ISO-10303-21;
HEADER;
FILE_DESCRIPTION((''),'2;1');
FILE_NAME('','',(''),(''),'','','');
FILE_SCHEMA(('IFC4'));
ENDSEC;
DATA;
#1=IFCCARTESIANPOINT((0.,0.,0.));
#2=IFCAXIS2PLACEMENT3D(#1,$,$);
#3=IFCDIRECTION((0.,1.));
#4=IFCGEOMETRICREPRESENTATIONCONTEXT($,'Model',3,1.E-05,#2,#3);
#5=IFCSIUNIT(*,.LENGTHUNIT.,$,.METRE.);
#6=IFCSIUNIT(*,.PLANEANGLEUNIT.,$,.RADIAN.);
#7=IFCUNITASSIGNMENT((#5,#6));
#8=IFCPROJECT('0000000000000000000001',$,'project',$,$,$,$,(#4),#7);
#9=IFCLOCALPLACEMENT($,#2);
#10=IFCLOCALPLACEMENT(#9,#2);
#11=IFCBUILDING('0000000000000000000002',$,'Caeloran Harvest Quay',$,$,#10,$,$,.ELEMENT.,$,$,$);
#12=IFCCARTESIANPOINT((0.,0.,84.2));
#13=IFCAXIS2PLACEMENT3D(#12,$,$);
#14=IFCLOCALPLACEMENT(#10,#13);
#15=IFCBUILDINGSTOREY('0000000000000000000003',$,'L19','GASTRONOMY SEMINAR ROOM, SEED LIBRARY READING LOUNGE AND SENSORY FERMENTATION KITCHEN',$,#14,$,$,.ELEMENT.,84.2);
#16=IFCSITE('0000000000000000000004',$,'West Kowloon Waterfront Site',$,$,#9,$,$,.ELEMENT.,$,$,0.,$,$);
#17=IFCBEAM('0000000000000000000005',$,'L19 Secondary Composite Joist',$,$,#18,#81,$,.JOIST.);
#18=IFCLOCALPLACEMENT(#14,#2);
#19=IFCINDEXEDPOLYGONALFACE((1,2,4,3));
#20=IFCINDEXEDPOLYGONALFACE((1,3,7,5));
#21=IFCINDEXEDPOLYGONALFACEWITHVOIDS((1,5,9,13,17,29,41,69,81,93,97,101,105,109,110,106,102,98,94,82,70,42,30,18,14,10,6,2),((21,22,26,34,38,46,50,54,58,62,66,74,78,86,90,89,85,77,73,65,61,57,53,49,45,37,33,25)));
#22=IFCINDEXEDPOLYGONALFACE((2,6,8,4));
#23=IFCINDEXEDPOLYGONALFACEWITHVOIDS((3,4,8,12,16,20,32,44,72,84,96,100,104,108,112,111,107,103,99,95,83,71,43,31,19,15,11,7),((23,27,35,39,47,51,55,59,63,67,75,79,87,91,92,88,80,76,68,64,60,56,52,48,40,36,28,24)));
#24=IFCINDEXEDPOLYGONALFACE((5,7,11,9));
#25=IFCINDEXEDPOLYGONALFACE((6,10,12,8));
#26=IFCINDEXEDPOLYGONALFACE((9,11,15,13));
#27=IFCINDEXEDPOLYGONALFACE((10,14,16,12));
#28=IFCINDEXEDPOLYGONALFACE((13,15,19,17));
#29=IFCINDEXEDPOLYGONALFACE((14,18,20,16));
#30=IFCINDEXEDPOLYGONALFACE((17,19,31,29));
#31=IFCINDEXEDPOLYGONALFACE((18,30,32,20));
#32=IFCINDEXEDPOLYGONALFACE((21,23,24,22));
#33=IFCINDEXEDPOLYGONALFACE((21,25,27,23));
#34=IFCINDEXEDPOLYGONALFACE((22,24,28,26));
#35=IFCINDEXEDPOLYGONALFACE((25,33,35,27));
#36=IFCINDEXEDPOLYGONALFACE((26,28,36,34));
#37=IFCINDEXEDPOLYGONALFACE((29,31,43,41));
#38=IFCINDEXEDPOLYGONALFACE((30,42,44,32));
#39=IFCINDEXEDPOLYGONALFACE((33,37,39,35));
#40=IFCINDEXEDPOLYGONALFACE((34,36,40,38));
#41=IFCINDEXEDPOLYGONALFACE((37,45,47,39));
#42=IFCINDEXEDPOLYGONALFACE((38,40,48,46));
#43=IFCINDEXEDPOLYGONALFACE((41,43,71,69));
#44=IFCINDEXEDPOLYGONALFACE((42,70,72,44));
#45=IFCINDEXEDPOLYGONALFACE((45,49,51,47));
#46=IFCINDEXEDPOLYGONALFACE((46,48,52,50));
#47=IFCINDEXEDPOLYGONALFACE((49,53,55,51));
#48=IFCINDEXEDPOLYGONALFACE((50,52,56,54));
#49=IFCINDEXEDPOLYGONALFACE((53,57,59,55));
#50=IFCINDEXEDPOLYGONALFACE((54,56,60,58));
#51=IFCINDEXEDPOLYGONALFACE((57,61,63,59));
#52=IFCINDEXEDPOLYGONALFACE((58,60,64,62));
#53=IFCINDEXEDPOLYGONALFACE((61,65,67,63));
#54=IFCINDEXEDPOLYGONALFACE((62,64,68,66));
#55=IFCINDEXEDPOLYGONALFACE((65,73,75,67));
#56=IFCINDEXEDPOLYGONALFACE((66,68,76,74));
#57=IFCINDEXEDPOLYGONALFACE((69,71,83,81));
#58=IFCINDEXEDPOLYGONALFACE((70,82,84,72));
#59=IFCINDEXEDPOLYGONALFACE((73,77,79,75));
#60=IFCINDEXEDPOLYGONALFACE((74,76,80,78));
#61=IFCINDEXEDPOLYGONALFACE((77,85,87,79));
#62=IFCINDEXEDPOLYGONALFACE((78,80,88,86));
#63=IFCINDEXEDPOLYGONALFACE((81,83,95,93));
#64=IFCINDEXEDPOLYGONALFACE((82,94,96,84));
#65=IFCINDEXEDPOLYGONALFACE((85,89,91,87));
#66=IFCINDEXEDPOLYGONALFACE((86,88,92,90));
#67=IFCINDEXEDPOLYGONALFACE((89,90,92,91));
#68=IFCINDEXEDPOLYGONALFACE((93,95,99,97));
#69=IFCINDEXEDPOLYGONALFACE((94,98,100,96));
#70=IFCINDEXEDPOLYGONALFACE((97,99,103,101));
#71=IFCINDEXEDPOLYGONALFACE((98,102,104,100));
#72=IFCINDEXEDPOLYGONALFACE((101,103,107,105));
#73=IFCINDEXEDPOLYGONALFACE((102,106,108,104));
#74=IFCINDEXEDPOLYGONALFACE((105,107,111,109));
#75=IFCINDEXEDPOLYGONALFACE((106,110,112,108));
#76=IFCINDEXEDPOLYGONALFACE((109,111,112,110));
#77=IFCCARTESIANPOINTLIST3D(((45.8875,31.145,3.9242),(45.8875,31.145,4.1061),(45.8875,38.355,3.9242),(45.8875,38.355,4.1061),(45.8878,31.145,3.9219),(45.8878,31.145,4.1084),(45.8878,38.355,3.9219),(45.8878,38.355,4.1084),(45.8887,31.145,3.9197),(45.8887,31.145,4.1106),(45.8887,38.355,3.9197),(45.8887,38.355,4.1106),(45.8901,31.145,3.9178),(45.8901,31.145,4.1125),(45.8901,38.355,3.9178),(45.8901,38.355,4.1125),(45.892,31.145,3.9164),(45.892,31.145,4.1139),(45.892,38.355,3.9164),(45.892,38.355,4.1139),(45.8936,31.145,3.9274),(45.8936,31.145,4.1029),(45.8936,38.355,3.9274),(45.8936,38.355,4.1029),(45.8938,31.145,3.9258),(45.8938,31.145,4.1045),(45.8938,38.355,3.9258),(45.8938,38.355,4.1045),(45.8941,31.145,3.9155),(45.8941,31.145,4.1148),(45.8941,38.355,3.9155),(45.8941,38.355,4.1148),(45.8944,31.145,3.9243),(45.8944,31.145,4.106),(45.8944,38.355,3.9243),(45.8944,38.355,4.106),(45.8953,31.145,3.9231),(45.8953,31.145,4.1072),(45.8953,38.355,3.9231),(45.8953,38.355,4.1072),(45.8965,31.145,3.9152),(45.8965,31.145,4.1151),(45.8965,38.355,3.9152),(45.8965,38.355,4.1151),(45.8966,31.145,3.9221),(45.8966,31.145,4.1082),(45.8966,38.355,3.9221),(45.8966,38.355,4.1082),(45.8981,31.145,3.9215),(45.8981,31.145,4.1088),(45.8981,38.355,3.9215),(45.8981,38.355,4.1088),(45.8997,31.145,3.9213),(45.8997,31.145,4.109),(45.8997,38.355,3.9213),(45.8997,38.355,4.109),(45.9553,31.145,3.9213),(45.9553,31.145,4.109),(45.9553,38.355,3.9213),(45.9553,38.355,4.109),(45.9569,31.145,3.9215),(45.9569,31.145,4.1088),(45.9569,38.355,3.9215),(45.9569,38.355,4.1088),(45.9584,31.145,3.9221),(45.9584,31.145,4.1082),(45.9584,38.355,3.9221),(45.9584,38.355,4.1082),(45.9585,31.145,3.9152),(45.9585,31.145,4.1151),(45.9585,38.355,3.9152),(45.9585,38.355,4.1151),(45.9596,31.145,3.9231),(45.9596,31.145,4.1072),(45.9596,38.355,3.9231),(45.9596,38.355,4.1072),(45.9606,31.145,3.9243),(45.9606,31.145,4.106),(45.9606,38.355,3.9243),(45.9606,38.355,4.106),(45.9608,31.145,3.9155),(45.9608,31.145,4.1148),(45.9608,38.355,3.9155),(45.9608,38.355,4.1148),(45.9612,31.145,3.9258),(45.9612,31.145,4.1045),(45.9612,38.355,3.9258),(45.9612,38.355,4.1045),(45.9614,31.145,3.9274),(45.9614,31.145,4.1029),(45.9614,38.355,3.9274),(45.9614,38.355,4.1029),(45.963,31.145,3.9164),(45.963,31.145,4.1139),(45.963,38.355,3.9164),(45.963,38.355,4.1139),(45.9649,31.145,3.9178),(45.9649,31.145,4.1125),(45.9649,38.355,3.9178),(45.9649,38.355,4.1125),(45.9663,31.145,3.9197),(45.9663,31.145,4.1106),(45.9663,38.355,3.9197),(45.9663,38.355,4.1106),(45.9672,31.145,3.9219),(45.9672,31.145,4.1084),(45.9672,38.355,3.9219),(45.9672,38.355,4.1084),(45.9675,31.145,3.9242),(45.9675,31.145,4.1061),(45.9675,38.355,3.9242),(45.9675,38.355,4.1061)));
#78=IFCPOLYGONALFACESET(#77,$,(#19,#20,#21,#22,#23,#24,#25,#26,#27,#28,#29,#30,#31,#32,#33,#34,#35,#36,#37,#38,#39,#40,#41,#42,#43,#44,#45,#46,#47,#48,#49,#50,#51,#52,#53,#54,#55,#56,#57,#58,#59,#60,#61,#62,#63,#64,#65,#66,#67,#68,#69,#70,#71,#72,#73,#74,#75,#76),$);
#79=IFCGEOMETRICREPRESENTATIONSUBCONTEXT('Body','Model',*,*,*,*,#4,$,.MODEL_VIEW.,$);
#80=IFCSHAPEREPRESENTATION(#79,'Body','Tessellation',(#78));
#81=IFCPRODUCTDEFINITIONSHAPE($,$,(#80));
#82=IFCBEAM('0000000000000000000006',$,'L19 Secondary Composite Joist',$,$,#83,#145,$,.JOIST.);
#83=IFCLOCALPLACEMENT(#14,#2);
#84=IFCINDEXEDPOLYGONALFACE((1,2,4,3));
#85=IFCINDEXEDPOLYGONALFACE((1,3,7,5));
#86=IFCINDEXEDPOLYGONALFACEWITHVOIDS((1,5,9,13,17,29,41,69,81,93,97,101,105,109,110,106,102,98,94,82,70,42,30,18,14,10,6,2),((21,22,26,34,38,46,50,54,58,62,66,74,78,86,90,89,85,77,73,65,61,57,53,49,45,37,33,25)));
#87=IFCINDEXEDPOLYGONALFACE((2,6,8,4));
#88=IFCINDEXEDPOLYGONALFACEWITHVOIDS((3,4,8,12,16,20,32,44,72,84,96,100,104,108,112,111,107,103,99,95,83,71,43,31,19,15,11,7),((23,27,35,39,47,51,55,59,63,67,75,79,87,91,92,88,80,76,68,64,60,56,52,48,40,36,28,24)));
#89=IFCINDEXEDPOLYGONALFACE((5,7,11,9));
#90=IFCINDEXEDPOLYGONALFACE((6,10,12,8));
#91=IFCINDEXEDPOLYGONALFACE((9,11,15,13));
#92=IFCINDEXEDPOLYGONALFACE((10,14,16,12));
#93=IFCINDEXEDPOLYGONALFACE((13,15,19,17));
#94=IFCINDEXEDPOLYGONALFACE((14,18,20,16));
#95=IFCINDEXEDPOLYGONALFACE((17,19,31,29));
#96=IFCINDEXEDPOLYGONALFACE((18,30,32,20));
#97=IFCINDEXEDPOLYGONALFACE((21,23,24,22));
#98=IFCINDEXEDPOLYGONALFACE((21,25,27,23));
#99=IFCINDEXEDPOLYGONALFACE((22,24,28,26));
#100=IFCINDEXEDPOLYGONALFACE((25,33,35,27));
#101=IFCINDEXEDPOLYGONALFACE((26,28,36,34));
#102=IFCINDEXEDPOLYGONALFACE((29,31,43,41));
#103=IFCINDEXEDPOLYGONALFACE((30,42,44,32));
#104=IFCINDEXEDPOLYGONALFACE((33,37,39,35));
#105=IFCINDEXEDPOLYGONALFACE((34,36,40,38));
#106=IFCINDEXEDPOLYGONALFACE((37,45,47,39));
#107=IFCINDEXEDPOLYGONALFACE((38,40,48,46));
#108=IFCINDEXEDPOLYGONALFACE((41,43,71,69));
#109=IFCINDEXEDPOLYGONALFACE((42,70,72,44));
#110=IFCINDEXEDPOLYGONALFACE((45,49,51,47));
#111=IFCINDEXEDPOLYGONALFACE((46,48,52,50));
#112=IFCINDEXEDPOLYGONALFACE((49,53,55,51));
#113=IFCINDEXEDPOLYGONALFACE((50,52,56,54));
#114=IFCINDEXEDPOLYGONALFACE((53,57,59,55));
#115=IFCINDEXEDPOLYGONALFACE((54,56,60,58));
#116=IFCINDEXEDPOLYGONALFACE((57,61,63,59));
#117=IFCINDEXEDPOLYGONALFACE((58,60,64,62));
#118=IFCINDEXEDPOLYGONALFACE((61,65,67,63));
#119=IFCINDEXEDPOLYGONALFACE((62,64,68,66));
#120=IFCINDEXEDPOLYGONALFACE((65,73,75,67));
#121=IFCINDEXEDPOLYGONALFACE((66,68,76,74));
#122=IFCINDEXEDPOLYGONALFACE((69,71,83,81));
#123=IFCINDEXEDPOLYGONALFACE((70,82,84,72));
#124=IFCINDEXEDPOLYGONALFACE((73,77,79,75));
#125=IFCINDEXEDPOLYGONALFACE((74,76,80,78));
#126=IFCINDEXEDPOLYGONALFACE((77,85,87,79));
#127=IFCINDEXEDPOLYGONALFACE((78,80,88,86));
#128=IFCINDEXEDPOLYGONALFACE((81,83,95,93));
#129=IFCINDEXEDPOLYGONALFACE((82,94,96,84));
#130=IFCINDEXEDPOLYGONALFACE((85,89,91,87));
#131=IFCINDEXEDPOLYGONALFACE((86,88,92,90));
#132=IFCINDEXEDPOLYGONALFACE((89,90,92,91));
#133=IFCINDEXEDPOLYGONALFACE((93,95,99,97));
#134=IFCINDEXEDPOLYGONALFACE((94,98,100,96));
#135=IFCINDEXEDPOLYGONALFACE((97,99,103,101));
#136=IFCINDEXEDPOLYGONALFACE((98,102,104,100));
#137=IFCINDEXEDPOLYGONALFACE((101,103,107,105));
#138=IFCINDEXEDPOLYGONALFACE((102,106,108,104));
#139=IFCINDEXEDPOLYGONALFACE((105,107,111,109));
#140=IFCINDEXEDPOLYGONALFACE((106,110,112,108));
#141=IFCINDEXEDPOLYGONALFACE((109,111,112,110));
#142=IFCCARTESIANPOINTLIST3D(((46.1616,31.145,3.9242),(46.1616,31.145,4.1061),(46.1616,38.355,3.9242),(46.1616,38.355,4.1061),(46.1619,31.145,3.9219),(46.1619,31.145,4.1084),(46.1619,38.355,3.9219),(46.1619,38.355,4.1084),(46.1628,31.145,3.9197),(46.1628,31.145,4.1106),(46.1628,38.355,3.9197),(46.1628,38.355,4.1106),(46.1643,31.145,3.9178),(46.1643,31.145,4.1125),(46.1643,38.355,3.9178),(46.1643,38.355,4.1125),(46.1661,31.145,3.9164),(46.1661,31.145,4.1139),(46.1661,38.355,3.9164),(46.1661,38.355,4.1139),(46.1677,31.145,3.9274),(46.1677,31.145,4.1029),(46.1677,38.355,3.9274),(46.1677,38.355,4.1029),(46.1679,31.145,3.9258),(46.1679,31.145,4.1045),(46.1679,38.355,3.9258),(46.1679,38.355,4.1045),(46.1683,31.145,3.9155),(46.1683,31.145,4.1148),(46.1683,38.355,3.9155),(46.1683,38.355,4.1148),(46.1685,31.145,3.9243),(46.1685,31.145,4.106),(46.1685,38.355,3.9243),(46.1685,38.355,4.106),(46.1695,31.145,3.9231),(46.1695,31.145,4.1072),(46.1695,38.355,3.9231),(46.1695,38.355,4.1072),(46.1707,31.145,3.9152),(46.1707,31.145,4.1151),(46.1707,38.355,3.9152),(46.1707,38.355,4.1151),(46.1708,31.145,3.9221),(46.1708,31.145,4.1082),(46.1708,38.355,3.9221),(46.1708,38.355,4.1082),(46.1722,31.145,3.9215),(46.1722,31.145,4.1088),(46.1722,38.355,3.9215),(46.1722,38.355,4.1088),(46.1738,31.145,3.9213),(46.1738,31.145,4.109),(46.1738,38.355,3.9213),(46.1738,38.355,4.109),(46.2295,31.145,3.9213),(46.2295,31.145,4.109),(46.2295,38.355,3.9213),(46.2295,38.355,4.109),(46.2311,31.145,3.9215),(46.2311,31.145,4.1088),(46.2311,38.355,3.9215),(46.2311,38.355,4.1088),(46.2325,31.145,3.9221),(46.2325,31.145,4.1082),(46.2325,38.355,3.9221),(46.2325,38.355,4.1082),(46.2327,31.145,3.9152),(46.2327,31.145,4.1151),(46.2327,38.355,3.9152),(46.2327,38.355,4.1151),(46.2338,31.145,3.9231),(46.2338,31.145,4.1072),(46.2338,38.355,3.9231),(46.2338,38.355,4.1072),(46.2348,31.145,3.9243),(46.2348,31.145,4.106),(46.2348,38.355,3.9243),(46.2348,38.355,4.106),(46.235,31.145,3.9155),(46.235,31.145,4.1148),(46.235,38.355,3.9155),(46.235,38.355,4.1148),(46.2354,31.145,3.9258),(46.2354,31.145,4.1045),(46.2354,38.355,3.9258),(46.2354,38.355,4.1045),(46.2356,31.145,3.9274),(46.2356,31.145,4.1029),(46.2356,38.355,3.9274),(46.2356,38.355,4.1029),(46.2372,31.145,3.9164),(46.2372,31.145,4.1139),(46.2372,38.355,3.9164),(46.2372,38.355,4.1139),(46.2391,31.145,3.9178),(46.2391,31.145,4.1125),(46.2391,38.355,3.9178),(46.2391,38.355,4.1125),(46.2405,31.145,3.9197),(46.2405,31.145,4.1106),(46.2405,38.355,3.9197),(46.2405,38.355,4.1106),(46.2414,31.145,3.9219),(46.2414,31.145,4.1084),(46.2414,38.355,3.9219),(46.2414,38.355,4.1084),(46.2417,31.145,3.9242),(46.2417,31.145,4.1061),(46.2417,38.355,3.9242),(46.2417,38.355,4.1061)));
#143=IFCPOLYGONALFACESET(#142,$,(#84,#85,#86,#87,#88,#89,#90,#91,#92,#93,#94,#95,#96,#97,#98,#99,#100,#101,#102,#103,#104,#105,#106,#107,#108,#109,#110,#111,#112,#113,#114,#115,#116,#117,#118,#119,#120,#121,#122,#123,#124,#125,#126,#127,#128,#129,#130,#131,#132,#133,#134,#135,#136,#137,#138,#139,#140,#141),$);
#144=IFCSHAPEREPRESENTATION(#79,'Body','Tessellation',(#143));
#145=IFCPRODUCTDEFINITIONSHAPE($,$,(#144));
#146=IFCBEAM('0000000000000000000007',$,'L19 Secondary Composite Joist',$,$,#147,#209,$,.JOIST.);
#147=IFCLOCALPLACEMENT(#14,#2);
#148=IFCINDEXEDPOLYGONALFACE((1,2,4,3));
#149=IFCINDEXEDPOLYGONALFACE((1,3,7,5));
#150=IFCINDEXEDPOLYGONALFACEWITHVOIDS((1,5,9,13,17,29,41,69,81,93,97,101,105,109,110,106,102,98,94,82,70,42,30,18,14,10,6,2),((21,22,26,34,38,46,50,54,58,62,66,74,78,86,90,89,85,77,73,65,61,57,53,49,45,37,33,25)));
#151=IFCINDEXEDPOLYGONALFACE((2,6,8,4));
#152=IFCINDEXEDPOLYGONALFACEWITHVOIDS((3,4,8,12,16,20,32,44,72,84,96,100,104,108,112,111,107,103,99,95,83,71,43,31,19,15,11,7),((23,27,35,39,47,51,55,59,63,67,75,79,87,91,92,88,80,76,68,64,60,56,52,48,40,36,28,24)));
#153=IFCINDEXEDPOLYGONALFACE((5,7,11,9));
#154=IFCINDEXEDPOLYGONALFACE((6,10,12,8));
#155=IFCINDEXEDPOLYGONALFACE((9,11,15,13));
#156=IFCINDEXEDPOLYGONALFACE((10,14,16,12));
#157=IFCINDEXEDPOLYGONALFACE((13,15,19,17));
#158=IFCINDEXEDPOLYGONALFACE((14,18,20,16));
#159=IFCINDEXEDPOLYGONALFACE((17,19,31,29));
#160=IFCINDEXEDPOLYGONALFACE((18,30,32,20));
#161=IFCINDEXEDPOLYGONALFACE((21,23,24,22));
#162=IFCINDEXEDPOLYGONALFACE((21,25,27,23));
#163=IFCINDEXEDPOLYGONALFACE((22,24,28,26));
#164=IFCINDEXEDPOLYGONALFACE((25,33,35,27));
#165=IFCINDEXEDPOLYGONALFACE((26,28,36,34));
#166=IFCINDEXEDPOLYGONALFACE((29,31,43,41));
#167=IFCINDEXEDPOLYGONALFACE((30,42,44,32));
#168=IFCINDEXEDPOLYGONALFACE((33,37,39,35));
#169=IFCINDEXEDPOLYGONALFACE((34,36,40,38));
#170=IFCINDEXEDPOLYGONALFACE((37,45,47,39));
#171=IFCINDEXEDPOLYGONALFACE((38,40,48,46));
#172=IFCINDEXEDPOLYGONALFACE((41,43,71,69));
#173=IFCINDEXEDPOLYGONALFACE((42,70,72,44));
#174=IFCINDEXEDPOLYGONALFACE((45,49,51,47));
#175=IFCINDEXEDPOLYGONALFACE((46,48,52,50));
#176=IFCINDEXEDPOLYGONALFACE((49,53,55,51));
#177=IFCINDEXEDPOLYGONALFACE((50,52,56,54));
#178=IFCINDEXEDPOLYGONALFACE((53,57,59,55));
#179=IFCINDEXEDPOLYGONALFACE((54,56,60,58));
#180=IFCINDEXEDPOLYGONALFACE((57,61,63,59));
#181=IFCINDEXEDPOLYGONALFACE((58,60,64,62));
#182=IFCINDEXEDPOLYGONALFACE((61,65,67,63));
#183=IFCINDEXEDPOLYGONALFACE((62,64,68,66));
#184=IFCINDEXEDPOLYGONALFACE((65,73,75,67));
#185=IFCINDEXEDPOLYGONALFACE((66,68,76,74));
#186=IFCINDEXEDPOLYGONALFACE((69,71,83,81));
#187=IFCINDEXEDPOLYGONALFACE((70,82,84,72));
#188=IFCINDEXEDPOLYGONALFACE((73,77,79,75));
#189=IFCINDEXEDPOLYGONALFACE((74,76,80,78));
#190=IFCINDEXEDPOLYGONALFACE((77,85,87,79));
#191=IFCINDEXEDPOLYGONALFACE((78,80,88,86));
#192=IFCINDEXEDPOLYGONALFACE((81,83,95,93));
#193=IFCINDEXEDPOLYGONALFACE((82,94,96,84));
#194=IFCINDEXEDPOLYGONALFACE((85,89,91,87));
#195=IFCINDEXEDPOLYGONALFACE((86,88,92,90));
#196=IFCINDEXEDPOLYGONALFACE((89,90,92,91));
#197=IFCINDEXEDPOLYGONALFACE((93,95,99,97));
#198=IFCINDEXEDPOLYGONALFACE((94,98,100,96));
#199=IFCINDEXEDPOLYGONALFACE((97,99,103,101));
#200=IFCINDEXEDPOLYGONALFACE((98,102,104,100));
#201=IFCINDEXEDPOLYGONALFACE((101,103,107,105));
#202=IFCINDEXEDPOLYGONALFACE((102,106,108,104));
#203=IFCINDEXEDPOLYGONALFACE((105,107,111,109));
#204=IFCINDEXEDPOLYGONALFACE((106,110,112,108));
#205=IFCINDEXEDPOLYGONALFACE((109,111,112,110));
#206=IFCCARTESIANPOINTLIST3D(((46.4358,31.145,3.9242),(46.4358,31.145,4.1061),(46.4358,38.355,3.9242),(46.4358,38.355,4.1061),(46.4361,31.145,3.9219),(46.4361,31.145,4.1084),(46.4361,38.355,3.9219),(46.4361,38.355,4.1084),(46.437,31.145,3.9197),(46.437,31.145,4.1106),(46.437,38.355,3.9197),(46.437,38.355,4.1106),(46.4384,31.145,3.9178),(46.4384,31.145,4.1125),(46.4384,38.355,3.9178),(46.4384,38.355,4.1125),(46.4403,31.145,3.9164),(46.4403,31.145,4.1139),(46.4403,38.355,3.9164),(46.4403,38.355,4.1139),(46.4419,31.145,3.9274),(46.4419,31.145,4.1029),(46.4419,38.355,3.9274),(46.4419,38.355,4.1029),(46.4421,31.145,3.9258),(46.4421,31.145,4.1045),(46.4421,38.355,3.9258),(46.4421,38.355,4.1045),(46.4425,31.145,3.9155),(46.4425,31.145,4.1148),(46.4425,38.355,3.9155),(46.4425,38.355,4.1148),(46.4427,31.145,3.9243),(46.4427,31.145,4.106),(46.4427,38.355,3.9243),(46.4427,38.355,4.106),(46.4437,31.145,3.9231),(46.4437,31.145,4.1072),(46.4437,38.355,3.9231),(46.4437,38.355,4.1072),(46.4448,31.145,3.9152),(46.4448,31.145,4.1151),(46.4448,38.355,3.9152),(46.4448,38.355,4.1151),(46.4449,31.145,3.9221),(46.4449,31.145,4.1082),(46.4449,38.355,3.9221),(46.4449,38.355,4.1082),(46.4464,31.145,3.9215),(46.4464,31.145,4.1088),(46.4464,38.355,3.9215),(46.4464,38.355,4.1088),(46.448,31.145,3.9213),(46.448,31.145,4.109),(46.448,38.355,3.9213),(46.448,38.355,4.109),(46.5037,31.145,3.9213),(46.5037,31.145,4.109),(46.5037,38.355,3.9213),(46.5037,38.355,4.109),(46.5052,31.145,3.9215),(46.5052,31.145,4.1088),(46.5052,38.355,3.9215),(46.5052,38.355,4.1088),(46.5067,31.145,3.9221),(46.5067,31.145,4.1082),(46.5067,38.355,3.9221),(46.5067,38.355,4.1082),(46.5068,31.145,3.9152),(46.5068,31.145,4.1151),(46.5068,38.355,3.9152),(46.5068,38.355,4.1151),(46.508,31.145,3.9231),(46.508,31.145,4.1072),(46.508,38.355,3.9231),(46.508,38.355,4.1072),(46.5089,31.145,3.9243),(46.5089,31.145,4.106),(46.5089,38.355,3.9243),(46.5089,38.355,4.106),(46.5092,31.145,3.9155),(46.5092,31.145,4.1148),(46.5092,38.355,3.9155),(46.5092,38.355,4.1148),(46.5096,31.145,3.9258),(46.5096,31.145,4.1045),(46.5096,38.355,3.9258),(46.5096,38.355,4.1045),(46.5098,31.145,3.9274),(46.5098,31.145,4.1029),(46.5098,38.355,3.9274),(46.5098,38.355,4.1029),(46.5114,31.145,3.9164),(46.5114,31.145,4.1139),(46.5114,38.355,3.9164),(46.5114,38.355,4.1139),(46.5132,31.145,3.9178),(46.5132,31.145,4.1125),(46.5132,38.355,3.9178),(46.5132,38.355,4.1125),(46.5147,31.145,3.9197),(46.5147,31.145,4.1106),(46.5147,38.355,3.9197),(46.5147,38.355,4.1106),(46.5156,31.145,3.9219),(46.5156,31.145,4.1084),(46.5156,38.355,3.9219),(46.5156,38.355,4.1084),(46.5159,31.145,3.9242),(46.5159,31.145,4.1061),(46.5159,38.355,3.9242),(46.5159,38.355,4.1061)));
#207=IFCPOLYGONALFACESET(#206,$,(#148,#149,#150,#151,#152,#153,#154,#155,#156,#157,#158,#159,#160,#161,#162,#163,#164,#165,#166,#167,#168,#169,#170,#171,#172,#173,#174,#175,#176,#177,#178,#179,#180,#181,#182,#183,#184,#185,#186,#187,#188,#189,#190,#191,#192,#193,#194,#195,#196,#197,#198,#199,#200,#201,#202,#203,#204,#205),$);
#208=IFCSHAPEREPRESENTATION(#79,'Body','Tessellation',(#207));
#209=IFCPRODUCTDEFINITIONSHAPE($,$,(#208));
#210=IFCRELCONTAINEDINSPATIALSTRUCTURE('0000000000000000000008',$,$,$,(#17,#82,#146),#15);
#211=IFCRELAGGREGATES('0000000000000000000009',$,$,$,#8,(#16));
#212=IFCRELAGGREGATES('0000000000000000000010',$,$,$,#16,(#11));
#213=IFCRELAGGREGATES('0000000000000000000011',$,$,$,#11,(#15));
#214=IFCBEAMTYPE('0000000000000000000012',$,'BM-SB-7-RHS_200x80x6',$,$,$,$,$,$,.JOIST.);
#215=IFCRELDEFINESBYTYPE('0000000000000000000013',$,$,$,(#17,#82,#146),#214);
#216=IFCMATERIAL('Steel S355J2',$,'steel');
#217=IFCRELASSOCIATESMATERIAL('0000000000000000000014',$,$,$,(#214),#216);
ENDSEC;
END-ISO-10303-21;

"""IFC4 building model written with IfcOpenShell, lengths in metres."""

from ifc_helpers import new_model, si_unit, direction, frame, origin, origin_2d, place, context, subcontext, project, spatial, hollow_rectangle, extrude, material, material_profile, profile_set, type_object, element, save


model = new_model("IFC4")

# Units and contexts
model_context = context("Model", 3, precision=1e-05, world=origin(), true_north=direction((0.0, 1.0)))
body_context = subcontext(model_context, "Body", "Model", "MODEL_VIEW")
ifc_project = project(units=[si_unit("LENGTHUNIT", "METRE"), si_unit("PLANEANGLEUNIT", "RADIAN")], contexts=[model_context])

# Site, building, storey
site_placement = place(None, origin())
site = spatial("IfcSite", under=ifc_project, at=site_placement, Name="West Kowloon Waterfront Site", CompositionType="ELEMENT", RefElevation=0.0)
building_placement = place(site_placement, origin())
building = spatial("IfcBuilding", under=site, at=building_placement, Name="Caeloran Harvest Quay", CompositionType="ELEMENT")
storey_placement = place(building_placement, frame((0.0, 0.0, 84.2)))
storey = spatial("IfcBuildingStorey", under=building, at=storey_placement, Name="L19", Description="GASTRONOMY SEMINAR ROOM, SEED LIBRARY READING LOUNGE AND SENSORY FERMENTATION KITCHEN", CompositionType="ELEMENT", Elevation=84.2)

# Beams
ifc_material_1 = material(Name="Steel S355J2", Category="steel")
ifc_material_profile_1 = material_profile(ifc_material_1, hollow_rectangle(XDim=0.0801, YDim=0.2, WallThickness=0.0061, InnerFilletRadius=0.0061, OuterFilletRadius=0.009, at=origin_2d()), Name="RHS 200x80x6")
ifc_profile_set_1 = profile_set([ifc_material_profile_1], Name="Steel S355J2")
beam_type_1 = type_object("IfcBeamType", Name="BM-SB-7-RHS_200x80x6", PredefinedType="JOIST", material=ifc_profile_set_1)
for number, where, z_axis, x_axis, name in (
    (1, (45.9275, 31.145, 4.0151), (0.0, 1.0, 0.0), (-1.0, 0.0, 0.0), "L19 Secondary Composite Joist"),
    (2, (46.2017, 31.145, 4.0151), (0.0, 1.0, 0.0), (-1.0, 0.0, 0.0), "L19 Secondary Composite Joist"),
    (3, (46.4758, 31.145, 4.0151), (0.0, 1.0, 0.0), (-1.0, 0.0, 0.0), "L19 Secondary Composite Joist"),
):
    element("IfcBeam", number, at=place(storey_placement, frame(where, z_axis=z_axis, x_axis=x_axis)), inside=storey, type_object=beam_type_1, Name=name, PredefinedType="JOIST", context=body_context, shape_type="SweptSolid", body=[
        extrude(hollow_rectangle(XDim=0.0801, YDim=0.2, WallThickness=0.0061, InnerFilletRadius=0.0061, OuterFilletRadius=0.009, at=origin_2d()), origin(), (0.0, 0.0, 1.0), 7.21),
    ])

save(model, "model.ifc")
